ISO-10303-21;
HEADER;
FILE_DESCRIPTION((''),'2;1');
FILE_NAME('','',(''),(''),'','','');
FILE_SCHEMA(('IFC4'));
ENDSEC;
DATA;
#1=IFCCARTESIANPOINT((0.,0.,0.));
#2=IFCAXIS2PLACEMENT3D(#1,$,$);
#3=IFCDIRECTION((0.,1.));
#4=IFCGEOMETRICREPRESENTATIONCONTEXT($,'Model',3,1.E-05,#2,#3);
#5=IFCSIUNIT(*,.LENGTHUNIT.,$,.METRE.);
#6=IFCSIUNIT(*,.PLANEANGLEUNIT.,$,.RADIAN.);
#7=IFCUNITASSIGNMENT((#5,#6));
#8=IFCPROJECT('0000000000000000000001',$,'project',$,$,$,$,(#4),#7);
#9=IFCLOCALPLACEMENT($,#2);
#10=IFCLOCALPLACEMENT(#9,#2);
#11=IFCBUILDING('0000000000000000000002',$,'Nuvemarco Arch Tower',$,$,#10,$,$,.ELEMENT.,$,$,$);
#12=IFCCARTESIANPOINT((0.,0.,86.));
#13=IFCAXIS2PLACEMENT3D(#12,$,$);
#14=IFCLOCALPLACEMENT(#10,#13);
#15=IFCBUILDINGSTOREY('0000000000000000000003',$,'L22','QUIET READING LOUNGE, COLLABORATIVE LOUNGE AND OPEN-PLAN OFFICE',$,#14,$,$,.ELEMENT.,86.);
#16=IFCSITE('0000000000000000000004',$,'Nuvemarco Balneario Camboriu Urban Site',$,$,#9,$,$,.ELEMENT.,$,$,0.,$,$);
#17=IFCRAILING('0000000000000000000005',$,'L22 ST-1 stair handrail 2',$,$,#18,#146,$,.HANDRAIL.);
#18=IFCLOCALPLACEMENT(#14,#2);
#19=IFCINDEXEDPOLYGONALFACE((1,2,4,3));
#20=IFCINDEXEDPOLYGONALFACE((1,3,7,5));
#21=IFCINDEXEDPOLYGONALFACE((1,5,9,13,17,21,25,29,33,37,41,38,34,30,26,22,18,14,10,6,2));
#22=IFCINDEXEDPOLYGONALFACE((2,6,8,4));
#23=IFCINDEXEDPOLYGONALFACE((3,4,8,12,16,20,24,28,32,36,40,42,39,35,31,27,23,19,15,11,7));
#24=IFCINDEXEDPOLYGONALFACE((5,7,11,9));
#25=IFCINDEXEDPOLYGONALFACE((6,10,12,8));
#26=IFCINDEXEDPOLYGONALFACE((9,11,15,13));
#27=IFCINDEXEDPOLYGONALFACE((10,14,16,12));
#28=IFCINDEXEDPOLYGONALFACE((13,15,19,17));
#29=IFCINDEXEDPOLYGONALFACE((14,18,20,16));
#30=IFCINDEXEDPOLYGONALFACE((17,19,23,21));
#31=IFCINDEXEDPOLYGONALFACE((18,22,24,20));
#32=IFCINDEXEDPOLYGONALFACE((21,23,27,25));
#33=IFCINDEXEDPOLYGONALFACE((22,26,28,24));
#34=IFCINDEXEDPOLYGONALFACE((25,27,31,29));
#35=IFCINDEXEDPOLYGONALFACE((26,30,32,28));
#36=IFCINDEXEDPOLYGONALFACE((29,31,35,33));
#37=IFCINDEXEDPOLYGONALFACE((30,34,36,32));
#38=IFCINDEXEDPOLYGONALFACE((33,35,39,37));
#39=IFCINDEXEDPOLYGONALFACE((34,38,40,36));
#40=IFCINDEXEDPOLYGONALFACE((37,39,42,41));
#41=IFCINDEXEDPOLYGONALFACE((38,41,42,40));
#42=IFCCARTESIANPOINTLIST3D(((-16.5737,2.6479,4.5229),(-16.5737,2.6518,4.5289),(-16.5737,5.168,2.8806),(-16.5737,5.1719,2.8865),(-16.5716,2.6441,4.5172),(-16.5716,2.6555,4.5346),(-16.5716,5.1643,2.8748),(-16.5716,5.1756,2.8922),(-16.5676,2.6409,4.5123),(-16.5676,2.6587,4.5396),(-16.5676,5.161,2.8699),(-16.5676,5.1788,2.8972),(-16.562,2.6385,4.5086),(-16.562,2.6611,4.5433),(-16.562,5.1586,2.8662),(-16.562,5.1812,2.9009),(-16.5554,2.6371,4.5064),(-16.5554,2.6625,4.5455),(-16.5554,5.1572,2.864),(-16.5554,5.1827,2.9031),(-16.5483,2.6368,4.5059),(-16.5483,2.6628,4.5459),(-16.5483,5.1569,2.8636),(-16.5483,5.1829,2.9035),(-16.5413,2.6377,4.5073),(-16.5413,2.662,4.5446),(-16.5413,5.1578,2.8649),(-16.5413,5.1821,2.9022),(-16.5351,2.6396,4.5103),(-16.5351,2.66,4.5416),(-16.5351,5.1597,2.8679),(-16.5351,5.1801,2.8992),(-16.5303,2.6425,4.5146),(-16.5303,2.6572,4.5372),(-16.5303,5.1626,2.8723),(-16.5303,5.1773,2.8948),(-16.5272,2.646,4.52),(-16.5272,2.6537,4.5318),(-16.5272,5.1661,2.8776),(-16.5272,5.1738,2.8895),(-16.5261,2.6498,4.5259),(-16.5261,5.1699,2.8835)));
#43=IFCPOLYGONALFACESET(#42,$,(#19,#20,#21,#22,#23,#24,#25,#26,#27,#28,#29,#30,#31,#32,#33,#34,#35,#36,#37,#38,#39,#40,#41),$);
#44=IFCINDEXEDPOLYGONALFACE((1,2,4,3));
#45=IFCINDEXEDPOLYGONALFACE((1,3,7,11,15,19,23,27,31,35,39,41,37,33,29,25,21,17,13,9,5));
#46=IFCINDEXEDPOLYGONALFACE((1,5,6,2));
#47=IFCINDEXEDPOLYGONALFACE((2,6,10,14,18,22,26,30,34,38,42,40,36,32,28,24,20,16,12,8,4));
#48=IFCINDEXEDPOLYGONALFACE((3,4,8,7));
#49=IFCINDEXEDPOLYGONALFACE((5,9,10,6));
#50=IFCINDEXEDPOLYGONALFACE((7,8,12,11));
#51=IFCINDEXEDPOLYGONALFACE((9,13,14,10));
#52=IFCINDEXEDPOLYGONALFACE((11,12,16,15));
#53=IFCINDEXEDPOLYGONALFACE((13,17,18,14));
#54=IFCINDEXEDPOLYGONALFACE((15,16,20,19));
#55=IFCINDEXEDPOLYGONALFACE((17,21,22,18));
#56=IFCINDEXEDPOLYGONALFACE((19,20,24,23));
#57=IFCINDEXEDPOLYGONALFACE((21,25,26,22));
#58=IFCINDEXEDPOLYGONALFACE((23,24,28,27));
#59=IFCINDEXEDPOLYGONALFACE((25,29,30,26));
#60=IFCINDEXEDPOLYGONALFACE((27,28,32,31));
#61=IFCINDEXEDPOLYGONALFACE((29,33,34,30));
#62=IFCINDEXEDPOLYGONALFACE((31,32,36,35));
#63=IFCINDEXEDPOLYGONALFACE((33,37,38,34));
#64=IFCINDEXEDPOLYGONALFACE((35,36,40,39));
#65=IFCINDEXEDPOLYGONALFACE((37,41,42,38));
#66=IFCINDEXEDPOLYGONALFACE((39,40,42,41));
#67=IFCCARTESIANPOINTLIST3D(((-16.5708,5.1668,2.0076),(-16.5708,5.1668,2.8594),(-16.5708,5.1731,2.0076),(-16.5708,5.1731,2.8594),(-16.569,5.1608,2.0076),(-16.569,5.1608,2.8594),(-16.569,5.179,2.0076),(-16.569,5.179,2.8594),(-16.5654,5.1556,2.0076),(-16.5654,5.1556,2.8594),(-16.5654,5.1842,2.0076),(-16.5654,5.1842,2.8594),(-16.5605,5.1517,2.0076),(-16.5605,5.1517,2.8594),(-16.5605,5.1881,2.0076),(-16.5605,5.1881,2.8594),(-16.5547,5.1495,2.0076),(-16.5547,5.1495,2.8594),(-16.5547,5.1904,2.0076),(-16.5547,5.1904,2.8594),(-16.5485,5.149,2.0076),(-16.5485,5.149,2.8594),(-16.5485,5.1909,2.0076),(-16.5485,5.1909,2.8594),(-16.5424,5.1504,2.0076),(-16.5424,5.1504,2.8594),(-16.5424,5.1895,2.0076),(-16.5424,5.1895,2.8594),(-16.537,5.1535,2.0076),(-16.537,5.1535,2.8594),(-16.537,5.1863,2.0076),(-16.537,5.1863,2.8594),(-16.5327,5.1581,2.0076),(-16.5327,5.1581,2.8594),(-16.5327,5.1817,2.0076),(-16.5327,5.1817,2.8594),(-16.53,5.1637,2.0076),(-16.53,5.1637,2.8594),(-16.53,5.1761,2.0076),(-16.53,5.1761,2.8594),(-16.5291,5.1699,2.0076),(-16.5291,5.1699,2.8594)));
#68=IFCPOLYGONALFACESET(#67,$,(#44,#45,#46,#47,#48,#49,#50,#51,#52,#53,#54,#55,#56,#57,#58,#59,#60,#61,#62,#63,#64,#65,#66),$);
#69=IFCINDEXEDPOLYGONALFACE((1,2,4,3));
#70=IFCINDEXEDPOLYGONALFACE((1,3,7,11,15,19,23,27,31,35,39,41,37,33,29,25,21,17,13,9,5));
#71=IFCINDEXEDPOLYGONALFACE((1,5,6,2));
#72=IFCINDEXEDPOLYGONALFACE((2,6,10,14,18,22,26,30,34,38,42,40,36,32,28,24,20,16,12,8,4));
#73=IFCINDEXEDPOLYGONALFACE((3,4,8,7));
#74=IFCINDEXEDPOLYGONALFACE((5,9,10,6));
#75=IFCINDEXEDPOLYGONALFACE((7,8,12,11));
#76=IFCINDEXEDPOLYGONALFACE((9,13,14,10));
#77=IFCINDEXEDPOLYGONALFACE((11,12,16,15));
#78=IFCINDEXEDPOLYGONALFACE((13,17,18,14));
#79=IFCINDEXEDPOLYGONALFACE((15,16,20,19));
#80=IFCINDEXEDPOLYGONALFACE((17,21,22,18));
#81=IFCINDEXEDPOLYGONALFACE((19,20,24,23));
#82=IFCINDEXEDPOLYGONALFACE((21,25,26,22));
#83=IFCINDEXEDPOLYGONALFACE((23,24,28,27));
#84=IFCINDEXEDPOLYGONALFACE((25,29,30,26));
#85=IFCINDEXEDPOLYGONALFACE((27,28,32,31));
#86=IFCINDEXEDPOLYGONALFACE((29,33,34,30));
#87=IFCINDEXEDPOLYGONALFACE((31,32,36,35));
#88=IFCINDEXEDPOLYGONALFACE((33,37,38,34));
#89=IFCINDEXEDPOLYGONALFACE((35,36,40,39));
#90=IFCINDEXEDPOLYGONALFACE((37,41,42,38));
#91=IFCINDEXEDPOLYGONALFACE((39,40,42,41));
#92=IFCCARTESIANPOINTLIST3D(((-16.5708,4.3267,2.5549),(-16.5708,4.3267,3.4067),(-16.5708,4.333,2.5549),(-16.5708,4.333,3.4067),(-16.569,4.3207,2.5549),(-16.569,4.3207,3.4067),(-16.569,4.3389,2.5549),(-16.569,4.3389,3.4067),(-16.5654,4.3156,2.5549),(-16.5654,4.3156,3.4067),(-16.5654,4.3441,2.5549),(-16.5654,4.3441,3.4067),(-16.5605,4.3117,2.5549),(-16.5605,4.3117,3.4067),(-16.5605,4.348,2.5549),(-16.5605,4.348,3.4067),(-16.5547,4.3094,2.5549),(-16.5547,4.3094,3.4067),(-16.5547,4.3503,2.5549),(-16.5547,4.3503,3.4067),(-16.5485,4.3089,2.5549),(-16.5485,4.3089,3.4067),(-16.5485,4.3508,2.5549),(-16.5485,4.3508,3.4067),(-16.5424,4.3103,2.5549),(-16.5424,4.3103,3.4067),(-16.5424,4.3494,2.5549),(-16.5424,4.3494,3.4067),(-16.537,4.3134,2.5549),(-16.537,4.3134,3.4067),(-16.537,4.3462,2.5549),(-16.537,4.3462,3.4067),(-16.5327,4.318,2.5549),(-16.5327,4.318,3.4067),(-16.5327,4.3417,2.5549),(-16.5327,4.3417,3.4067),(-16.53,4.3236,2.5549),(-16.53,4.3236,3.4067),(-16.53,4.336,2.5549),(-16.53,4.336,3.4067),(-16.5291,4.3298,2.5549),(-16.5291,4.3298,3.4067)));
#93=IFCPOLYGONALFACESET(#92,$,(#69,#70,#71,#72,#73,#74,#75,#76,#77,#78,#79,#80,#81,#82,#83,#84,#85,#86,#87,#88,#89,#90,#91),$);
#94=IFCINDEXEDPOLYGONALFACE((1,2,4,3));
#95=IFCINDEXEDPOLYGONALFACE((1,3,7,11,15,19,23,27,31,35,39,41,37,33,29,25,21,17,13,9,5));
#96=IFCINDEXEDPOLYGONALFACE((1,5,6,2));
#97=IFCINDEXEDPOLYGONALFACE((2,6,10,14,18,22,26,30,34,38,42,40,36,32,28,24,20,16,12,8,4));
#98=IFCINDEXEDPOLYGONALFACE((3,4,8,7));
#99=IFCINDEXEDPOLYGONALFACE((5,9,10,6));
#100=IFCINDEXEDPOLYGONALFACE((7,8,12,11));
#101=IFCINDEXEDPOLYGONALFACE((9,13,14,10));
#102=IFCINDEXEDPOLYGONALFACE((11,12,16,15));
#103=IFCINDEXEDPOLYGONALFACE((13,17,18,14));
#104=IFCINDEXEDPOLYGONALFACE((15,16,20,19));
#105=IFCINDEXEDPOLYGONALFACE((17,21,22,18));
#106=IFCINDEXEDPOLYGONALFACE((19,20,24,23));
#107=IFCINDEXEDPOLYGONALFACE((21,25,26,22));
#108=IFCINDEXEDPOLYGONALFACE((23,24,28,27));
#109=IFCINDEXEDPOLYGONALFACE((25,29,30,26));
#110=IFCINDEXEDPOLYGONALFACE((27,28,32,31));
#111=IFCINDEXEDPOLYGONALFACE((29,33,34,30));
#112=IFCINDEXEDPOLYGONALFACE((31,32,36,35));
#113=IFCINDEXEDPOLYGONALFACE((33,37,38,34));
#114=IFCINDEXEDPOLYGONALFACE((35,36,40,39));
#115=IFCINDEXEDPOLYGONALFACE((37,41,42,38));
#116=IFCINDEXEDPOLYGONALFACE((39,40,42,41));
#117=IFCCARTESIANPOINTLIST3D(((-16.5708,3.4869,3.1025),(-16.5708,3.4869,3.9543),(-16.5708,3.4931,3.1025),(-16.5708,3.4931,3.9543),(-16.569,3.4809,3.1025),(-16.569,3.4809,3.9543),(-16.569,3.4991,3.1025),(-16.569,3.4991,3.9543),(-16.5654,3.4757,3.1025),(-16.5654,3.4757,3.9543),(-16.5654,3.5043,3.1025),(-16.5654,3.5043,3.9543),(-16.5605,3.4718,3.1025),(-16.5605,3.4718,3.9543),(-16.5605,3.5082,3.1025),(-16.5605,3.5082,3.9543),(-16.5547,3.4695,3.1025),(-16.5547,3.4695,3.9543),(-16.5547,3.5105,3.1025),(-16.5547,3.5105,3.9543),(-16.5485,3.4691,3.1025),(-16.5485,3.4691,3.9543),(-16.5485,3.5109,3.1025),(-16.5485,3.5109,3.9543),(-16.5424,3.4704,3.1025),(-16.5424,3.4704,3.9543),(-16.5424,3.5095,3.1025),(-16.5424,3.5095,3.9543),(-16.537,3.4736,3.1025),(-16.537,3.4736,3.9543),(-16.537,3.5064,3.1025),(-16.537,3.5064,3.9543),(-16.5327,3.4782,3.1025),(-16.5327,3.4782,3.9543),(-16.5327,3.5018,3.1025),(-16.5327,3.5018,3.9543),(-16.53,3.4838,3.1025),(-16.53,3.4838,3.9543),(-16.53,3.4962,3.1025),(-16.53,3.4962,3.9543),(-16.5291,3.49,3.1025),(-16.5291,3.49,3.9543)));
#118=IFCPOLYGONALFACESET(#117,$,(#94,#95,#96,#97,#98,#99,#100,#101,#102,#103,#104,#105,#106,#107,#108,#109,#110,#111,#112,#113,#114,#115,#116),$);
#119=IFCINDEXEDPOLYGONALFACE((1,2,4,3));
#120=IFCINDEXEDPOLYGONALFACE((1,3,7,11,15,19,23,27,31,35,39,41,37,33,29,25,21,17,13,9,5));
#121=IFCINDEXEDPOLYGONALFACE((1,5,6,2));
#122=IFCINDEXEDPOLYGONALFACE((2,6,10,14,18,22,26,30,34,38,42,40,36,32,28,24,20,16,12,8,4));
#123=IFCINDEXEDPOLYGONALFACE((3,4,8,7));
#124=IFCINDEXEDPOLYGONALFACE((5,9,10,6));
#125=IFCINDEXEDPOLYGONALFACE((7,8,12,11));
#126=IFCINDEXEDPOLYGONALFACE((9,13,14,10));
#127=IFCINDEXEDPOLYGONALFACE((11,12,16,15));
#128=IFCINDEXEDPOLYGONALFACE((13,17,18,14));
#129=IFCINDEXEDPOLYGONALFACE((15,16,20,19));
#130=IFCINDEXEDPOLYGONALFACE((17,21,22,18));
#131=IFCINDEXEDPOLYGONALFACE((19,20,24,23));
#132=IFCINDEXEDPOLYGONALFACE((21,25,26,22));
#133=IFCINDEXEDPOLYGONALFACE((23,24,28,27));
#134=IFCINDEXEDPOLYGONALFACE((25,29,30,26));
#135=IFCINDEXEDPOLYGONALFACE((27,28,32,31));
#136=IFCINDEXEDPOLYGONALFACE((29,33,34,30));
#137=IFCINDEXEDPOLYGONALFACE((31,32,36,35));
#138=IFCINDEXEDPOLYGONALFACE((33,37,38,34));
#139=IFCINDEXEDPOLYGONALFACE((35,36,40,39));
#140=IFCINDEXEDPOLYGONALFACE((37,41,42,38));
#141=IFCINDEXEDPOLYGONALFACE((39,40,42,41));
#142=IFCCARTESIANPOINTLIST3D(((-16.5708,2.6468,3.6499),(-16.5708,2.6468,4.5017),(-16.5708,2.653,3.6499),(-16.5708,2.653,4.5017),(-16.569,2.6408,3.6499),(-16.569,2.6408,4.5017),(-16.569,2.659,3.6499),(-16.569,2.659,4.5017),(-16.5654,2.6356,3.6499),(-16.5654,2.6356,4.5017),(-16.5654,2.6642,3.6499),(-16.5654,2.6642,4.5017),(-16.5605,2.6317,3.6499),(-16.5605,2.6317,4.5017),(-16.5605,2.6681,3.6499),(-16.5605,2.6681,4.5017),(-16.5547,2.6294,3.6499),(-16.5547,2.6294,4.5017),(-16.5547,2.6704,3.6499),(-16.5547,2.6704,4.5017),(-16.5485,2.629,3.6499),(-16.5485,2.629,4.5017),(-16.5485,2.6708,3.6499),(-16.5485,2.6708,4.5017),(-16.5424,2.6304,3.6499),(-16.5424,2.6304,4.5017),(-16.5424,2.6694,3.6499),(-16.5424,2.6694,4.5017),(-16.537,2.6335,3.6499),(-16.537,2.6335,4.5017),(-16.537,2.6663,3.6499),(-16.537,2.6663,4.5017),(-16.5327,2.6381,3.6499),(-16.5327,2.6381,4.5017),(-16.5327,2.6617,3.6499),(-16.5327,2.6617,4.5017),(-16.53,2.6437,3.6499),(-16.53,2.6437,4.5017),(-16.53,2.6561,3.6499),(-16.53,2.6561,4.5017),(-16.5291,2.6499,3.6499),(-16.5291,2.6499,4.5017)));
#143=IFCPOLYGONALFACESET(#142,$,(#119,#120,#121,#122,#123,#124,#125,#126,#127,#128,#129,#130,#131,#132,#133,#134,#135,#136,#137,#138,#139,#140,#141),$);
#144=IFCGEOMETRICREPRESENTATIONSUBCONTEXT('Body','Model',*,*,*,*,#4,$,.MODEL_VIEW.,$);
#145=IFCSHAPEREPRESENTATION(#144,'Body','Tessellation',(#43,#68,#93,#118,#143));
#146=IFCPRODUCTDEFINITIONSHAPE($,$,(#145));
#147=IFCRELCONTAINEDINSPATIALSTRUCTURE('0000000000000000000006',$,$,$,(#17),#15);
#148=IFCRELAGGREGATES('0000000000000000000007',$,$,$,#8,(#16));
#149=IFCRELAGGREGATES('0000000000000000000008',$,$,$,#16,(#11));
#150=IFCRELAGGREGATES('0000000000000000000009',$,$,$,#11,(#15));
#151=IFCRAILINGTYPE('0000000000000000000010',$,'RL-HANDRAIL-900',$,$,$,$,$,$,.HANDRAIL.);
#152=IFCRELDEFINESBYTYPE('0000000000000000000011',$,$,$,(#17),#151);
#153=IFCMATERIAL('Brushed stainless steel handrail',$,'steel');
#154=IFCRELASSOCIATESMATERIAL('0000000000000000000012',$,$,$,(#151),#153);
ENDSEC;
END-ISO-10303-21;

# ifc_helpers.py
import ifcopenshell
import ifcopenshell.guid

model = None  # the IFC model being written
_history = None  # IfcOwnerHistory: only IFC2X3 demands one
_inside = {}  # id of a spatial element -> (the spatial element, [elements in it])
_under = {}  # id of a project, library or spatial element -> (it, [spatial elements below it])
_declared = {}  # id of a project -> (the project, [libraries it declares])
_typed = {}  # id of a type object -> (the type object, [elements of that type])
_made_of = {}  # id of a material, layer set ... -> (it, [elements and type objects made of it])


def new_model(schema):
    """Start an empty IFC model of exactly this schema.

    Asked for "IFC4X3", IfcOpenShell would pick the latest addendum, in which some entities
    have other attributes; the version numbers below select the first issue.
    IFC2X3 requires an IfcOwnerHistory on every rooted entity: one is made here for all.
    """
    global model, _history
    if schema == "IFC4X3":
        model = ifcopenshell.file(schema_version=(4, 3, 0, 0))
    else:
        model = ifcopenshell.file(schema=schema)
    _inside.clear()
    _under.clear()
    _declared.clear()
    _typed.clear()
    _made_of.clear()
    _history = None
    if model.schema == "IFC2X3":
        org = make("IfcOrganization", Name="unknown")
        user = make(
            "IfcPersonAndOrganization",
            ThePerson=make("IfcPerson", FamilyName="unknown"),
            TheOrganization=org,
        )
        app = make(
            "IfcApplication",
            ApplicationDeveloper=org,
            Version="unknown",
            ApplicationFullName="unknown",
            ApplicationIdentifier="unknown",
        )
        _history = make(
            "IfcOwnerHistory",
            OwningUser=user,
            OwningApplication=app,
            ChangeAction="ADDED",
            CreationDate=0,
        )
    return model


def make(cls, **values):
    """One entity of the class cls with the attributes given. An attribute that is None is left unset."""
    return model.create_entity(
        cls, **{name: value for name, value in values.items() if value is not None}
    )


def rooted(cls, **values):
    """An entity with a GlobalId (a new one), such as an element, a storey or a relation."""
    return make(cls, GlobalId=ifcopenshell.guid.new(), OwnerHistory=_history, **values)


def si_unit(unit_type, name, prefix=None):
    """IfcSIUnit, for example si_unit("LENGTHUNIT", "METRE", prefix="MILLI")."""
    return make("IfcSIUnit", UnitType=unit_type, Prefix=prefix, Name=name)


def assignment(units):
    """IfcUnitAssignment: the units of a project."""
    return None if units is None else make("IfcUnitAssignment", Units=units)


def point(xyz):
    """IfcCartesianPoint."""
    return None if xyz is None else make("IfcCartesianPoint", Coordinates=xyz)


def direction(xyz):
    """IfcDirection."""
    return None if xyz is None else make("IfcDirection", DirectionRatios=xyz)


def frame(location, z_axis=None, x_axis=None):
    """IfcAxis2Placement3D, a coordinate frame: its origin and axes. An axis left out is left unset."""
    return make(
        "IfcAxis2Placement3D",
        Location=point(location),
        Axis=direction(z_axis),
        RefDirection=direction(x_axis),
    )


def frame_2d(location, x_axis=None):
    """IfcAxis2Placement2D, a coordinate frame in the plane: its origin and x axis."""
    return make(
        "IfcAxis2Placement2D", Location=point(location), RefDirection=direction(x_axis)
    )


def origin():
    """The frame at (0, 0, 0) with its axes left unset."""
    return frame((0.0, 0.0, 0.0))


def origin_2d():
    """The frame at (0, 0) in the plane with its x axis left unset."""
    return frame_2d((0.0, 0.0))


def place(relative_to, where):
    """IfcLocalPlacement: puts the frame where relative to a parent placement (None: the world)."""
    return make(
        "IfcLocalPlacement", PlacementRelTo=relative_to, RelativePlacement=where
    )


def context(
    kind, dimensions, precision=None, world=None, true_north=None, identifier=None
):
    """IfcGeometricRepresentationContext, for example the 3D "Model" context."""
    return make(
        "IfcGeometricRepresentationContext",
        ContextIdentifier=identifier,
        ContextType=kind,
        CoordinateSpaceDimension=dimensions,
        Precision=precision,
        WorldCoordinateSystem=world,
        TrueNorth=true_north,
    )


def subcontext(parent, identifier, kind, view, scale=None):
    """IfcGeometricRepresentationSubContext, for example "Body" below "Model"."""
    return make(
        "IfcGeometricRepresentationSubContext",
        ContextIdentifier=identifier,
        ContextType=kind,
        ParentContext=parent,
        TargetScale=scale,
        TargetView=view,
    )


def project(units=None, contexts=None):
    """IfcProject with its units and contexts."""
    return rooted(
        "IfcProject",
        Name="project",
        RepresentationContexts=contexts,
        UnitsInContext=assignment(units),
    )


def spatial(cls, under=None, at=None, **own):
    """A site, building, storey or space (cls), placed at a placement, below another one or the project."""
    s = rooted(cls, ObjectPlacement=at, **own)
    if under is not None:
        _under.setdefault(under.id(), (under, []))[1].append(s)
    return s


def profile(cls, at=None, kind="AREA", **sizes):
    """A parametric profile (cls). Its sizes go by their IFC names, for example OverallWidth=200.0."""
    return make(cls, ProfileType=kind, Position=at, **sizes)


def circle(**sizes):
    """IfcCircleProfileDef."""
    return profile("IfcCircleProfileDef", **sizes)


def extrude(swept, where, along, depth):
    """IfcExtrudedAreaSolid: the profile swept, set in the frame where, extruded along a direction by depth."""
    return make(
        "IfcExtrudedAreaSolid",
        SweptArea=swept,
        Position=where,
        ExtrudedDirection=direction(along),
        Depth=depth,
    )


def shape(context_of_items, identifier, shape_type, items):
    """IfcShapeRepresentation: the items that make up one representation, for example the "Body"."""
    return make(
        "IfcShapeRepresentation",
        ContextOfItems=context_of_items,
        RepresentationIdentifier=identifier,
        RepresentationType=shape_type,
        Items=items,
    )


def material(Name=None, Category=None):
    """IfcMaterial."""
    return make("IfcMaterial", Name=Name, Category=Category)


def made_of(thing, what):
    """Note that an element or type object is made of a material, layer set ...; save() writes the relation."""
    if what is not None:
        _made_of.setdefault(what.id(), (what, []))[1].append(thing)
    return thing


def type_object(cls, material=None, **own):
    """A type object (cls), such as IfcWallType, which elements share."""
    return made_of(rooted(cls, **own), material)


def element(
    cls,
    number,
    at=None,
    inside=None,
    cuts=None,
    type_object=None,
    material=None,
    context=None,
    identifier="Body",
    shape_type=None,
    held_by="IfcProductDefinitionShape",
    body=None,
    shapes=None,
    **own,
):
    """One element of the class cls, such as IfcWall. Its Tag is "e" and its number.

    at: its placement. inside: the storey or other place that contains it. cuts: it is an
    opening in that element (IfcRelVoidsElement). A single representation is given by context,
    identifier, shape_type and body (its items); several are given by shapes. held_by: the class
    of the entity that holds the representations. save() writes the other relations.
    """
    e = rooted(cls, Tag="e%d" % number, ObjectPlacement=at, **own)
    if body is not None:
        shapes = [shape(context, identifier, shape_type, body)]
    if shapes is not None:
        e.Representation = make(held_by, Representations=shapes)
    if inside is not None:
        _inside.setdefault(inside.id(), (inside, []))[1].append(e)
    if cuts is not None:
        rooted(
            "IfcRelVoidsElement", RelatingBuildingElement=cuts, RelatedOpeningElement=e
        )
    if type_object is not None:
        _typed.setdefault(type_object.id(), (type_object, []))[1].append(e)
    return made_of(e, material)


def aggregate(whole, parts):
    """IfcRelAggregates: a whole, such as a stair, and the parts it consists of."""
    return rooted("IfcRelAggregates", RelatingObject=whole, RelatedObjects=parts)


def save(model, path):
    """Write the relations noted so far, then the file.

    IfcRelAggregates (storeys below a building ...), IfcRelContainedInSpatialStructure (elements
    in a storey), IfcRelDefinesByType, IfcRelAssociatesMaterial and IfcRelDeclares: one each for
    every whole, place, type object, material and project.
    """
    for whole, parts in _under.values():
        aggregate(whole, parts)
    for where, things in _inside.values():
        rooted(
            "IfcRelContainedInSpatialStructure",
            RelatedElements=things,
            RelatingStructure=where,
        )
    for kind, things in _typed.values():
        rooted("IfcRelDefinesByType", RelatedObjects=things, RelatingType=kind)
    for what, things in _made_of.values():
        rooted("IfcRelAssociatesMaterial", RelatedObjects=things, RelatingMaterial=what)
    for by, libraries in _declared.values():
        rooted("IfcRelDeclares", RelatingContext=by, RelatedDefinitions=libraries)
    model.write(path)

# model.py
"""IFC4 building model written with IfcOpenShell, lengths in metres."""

from ifc_helpers import new_model, si_unit, direction, frame, origin, origin_2d, place, context, subcontext, project, spatial, circle, extrude, material, type_object, element, save


model = new_model("IFC4")

# Units and contexts
model_context = context("Model", 3, precision=1e-05, world=origin(), true_north=direction((0.0, 1.0)))
body_context = subcontext(model_context, "Body", "Model", "MODEL_VIEW")
ifc_project = project(units=[si_unit("LENGTHUNIT", "METRE"), si_unit("PLANEANGLEUNIT", "RADIAN")], contexts=[model_context])

# Site, building, storey
site_placement = place(None, origin())
site = spatial("IfcSite", under=ifc_project, at=site_placement, Name="Nuvemarco Balneario Camboriu Urban Site", CompositionType="ELEMENT", RefElevation=0.0)
building_placement = place(site_placement, origin())
building = spatial("IfcBuilding", under=site, at=building_placement, Name="Nuvemarco Arch Tower", CompositionType="ELEMENT")
storey_placement = place(building_placement, frame((0.0, 0.0, 86.0)))
storey = spatial("IfcBuildingStorey", under=building, at=storey_placement, Name="L22", Description="QUIET READING LOUNGE, COLLABORATIVE LOUNGE AND OPEN-PLAN OFFICE", CompositionType="ELEMENT", Elevation=86.0)

# Railing
ifc_material_1 = material(Name="Brushed stainless steel handrail", Category="steel")
railing_type_1 = type_object("IfcRailingType", Name="RL-HANDRAIL-900", PredefinedType="HANDRAIL", material=ifc_material_1)
railing_1_placement = place(storey_placement, frame((-16.55, 5.1699, 2.0076)))
element("IfcRailing", 1, at=railing_1_placement, inside=storey, type_object=railing_type_1, Name="L22 ST-1 stair handrail 2", PredefinedType="HANDRAIL", context=body_context, shape_type="SweptSolid", body=[
    extrude(circle(Radius=0.0239, at=origin_2d()), frame((0.0, 0.0, 0.876), z_axis=(0.0, -0.837787, 0.545998), x_axis=(1.0, 0.0, 0.0)), (0.0, 0.0, 1.0), 3.0081),
    extrude(circle(Radius=0.021, at=origin_2d()), origin(), (0.0, 0.0, 1.0), 0.8518),
    extrude(circle(Radius=0.021, at=origin_2d()), frame((0.0, -0.8401, 0.5474)), (0.0, 0.0, 1.0), 0.8518),
    extrude(circle(Radius=0.021, at=origin_2d()), frame((0.0, -1.6799, 1.095)), (0.0, 0.0, 1.0), 0.8518),
    extrude(circle(Radius=0.021, at=origin_2d()), frame((0.0, -2.52, 1.6423)), (0.0, 0.0, 1.0), 0.8518),
])

save(model, "model.ifc")
